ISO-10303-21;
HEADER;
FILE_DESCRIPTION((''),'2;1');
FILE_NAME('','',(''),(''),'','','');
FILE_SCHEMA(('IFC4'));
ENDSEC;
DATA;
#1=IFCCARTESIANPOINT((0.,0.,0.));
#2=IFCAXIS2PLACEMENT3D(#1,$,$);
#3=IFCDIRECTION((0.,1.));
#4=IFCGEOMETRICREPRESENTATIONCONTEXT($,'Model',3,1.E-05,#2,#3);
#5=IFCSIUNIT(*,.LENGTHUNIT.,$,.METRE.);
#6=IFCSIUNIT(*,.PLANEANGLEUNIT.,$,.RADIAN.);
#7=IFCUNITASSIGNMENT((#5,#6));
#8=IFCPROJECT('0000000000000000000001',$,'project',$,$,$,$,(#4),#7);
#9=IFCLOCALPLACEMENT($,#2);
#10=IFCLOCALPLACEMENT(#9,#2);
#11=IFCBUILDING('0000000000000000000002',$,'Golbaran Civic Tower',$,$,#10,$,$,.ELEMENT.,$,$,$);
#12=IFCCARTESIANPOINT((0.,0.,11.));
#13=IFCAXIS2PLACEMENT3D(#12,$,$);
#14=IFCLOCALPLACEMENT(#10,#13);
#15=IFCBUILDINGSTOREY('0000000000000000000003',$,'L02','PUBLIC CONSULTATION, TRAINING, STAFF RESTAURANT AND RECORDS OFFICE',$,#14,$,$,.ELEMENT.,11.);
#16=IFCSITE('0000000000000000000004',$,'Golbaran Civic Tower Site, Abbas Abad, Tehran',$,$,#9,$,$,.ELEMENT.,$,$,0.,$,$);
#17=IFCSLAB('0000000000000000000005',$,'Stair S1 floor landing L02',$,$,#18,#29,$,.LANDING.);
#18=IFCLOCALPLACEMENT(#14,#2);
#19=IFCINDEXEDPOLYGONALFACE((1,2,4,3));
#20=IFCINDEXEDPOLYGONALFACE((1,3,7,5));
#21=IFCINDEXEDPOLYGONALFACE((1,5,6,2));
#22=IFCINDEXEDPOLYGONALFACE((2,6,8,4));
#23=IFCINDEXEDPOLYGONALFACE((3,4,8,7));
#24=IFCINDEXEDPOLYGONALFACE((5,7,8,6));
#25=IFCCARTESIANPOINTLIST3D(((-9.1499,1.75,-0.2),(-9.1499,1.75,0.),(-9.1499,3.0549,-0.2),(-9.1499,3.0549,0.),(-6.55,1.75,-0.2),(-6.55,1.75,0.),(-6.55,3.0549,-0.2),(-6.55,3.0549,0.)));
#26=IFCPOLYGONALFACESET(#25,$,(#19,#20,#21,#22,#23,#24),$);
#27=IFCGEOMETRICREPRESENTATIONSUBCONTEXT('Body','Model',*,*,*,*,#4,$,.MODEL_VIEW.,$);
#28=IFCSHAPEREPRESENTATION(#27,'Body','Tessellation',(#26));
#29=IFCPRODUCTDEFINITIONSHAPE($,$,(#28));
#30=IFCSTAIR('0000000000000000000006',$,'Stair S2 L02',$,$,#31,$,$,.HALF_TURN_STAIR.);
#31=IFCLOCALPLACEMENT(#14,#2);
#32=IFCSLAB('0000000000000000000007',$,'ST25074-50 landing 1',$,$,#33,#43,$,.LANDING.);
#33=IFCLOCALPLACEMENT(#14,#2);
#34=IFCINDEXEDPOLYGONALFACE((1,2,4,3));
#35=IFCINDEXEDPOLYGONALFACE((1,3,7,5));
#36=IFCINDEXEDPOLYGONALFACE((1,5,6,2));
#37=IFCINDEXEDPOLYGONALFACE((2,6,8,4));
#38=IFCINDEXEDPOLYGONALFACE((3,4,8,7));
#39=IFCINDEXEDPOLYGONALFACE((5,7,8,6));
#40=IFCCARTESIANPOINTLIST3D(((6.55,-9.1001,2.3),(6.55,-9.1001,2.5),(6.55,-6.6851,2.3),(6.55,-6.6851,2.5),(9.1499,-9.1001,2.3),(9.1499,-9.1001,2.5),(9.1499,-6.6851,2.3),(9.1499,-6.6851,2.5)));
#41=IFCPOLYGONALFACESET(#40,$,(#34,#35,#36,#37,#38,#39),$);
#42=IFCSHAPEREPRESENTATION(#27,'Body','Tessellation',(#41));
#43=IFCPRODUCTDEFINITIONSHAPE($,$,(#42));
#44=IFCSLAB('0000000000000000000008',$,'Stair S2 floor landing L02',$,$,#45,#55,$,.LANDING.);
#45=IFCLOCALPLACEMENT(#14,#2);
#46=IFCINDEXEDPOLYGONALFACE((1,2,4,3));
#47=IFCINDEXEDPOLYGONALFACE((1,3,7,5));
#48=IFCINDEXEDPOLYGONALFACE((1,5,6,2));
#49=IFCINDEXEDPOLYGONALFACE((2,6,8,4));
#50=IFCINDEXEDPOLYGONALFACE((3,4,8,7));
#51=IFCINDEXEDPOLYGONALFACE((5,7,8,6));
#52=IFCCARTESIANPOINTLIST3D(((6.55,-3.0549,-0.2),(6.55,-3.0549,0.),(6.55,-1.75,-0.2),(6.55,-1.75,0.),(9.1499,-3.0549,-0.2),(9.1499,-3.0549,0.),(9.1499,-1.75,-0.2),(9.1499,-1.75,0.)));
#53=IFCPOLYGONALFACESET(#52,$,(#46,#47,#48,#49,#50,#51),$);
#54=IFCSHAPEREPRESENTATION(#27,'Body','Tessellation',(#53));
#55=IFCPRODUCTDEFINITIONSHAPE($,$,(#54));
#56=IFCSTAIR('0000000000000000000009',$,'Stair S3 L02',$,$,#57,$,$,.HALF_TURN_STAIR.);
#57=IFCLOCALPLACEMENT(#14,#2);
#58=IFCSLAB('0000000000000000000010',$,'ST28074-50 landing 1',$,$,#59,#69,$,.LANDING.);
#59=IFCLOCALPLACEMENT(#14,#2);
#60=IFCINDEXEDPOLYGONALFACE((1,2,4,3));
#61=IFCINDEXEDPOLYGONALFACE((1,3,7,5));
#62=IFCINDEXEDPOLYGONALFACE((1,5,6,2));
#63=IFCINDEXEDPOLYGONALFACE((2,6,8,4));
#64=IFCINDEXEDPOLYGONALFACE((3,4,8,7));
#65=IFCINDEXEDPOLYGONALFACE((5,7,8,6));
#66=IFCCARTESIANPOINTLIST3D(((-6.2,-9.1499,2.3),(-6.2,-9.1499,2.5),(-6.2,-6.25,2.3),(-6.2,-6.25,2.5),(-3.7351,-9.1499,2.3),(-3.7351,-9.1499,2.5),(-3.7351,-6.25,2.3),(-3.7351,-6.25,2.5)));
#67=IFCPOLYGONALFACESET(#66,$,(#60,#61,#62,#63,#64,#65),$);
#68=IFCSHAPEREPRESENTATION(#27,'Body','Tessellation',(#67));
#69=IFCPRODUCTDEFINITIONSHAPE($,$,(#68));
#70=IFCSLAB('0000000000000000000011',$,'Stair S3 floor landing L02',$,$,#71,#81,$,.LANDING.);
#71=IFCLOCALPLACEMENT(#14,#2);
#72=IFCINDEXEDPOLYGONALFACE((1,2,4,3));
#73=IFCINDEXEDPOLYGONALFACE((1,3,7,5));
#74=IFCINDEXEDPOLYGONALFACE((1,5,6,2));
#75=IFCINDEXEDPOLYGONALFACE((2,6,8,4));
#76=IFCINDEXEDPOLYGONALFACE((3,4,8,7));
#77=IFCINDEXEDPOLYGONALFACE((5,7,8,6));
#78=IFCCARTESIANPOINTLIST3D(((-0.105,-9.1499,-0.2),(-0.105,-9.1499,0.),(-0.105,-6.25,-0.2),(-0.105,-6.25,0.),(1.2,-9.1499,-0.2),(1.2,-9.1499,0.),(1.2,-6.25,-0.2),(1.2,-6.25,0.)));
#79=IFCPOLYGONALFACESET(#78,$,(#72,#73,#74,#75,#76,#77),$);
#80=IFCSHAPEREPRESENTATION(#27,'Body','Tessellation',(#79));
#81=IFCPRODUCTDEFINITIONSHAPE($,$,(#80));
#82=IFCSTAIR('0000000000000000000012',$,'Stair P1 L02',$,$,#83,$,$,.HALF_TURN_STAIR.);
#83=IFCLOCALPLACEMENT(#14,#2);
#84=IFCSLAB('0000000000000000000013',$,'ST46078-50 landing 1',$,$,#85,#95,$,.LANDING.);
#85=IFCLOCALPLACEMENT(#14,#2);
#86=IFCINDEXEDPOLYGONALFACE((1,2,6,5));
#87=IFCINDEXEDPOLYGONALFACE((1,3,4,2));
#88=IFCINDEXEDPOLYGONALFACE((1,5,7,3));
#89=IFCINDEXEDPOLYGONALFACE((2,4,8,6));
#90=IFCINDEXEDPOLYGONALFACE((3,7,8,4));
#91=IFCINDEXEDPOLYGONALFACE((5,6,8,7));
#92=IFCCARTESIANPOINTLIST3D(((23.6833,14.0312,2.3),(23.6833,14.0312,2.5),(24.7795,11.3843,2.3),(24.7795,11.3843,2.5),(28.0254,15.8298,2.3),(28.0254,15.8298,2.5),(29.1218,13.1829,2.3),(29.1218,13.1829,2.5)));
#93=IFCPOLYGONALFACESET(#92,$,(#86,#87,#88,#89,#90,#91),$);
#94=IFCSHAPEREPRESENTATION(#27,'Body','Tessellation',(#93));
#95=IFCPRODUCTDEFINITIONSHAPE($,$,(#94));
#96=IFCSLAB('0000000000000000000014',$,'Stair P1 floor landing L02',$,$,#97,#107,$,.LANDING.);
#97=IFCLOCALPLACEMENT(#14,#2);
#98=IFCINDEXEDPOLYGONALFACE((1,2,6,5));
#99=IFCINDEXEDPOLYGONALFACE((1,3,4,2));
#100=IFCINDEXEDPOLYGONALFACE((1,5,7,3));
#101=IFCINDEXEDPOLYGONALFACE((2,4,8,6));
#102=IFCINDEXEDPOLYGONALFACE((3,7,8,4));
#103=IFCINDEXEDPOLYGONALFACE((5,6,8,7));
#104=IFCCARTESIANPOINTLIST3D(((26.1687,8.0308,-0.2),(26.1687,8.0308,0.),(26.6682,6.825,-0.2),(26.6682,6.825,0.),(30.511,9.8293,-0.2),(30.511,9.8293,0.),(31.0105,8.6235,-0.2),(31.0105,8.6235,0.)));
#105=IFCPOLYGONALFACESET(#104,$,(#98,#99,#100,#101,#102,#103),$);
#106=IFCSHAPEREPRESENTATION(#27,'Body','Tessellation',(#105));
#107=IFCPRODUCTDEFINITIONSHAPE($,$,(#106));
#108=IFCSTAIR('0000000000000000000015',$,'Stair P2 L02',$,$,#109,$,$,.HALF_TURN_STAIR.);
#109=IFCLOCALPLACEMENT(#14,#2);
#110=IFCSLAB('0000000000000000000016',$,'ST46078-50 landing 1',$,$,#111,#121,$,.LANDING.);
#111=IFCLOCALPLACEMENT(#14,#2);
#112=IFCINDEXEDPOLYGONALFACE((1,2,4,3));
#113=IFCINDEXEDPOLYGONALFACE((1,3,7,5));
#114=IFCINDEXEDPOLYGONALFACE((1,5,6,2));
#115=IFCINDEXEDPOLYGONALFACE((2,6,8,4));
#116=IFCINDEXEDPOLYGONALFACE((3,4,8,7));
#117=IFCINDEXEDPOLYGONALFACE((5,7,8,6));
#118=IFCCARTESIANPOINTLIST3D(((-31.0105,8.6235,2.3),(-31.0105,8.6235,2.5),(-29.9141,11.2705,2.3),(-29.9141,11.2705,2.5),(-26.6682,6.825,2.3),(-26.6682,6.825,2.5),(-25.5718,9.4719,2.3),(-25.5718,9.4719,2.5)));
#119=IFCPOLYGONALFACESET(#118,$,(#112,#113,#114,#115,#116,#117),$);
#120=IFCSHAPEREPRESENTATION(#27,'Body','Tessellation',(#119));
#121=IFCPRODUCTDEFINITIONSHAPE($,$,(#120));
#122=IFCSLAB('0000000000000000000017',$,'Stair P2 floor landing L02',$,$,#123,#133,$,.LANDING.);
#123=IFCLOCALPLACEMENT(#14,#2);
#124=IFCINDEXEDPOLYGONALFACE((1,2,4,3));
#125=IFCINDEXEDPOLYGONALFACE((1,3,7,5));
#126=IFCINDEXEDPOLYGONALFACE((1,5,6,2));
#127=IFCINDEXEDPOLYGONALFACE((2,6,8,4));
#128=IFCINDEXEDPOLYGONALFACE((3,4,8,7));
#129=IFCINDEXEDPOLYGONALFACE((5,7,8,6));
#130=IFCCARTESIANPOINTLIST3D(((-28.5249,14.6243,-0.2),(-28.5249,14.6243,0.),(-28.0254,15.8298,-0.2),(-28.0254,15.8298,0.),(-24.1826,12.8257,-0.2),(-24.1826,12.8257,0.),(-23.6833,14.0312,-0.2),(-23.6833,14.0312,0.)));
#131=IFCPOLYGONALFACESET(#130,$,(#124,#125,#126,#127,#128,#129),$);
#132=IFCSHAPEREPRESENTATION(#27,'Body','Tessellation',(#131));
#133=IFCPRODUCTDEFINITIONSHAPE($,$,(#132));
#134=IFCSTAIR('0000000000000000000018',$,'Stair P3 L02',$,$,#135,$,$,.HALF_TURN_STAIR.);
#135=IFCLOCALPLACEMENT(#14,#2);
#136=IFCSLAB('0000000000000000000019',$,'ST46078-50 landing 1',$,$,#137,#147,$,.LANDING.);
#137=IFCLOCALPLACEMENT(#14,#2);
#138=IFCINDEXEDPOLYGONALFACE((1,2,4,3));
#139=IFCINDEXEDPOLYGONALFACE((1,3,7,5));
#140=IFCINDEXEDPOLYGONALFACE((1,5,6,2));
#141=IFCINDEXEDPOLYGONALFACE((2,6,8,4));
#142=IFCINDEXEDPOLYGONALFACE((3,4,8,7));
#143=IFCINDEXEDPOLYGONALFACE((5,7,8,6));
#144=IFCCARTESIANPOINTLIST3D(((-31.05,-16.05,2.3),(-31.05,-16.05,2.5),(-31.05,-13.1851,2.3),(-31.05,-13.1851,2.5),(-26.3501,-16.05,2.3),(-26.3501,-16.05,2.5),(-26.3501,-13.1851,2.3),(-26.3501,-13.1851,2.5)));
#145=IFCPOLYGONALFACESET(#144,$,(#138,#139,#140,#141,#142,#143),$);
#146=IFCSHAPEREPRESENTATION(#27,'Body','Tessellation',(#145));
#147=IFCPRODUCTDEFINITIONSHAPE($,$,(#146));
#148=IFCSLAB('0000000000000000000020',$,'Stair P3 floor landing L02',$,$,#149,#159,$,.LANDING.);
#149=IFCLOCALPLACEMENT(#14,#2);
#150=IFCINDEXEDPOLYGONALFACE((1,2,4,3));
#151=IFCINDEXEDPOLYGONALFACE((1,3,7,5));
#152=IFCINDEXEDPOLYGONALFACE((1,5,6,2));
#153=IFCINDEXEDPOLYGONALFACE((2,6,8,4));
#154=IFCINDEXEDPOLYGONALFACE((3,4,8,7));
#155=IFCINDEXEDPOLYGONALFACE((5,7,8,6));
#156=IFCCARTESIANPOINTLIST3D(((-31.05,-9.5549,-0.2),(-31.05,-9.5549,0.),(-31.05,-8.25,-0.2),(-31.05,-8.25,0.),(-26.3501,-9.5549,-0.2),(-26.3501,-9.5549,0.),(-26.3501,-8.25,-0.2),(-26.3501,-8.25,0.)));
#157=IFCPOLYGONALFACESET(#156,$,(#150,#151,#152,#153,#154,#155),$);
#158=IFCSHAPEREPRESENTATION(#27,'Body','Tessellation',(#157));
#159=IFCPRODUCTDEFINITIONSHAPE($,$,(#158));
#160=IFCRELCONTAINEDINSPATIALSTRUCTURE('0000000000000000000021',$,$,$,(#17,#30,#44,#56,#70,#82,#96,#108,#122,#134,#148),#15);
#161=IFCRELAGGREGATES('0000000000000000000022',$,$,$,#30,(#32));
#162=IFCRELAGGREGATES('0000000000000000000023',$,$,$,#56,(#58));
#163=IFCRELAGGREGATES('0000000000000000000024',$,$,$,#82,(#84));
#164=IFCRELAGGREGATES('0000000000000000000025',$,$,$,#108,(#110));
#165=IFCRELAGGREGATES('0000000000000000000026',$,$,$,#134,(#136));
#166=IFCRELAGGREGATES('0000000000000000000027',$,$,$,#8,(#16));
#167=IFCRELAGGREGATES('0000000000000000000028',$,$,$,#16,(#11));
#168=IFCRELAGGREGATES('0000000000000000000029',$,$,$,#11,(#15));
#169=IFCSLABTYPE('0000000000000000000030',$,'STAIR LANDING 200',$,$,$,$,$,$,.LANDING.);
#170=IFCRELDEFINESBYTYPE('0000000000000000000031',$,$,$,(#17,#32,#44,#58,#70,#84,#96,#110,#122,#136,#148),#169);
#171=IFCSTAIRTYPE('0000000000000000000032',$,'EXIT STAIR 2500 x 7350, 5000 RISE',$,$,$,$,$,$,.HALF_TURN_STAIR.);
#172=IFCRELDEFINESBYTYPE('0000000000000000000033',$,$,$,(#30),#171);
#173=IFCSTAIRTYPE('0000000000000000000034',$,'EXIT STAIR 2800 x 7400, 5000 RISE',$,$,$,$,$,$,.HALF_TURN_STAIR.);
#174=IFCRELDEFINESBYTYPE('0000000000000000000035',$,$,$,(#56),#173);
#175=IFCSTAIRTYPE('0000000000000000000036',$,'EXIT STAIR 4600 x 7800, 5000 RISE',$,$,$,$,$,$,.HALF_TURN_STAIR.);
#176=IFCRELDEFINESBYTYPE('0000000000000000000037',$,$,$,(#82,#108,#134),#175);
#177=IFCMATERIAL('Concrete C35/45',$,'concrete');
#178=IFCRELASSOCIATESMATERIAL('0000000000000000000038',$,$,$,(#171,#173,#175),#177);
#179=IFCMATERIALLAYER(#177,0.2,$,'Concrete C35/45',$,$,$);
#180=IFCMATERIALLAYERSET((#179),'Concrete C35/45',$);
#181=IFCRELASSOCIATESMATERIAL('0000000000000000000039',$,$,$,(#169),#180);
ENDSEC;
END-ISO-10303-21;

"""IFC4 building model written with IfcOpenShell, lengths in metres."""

from ifc_helpers import new_model, si_unit, direction, frame, origin, place, context, subcontext, project, spatial, polyline, outline, extrude, material, layer, layer_set, type_object, element, aggregate, save


model = new_model("IFC4")

# Units and contexts
model_context = context("Model", 3, precision=1e-05, world=origin(), true_north=direction((0.0, 1.0)))
body_context = subcontext(model_context, "Body", "Model", "MODEL_VIEW")
ifc_project = project(units=[si_unit("LENGTHUNIT", "METRE"), si_unit("PLANEANGLEUNIT", "RADIAN")], contexts=[model_context])

# Site, building, storey
site_placement = place(None, origin())
site = spatial("IfcSite", under=ifc_project, at=site_placement, Name="Golbaran Civic Tower Site, Abbas Abad, Tehran", CompositionType="ELEMENT", RefElevation=0.0)
building_placement = place(site_placement, origin())
building = spatial("IfcBuilding", under=site, at=building_placement, Name="Golbaran Civic Tower", CompositionType="ELEMENT")
storey_placement = place(building_placement, frame((0.0, 0.0, 11.0)))
storey = spatial("IfcBuildingStorey", under=building, at=storey_placement, Name="L02", Description="PUBLIC CONSULTATION, TRAINING, STAFF RESTAURANT AND RECORDS OFFICE", CompositionType="ELEMENT", Elevation=11.0)

# Shared definitions
ifc_material_1 = material(Name="Concrete C35/45", Category="concrete")

# Shared definitions
stair_type_1 = type_object("IfcStairType", Name="EXIT STAIR 2500 x 7350, 5000 RISE", PredefinedType="HALF_TURN_STAIR", material=ifc_material_1)
ifc_layer_1 = layer(ifc_material_1, 0.2, Name="Concrete C35/45")
ifc_layer_set_1 = layer_set([ifc_layer_1], Name="Concrete C35/45")
slab_type_1 = type_object("IfcSlabType", Name="STAIR LANDING 200", PredefinedType="LANDING", material=ifc_layer_set_1)

# Slab
slab_1_placement = place(storey_placement, frame((0.0, 0.0, -0.2)))
element("IfcSlab", 1, at=slab_1_placement, inside=storey, type_object=slab_type_1, Name="Stair S1 floor landing L02", PredefinedType="LANDING", context=body_context, shape_type="SweptSolid", body=[
    extrude(outline(polyline([(-9.1499, 1.75), (-9.1499, 3.0549), (-6.55, 3.0549), (-6.55, 1.75), (-9.1499, 1.75)])), origin(), (0.0, 0.0, 1.0), 0.2),
])

# Stair, slab
stair_1_placement = place(storey_placement, origin())
stair_1 = element("IfcStair", 2, at=stair_1_placement, inside=storey, type_object=stair_type_1, Name="Stair S2 L02", PredefinedType="HALF_TURN_STAIR")
slab_2_placement = place(storey_placement, frame((0.0, 0.0, 2.3)))
slab_2 = element("IfcSlab", 3, at=slab_2_placement, type_object=slab_type_1, Name="ST25074-50 landing 1", PredefinedType="LANDING", context=body_context, shape_type="SweptSolid", body=[
    extrude(outline(polyline([(9.1499, -6.6851), (9.1499, -9.1001), (6.55, -9.1001), (6.55, -6.6851), (9.1499, -6.6851)])), origin(), (0.0, 0.0, 1.0), 0.2),
])
aggregate(stair_1, [slab_2])

# Slab
slab_3_placement = place(storey_placement, frame((0.0, 0.0, -0.2)))
element("IfcSlab", 4, at=slab_3_placement, inside=storey, type_object=slab_type_1, Name="Stair S2 floor landing L02", PredefinedType="LANDING", context=body_context, shape_type="SweptSolid", body=[
    extrude(outline(polyline([(9.1499, -1.75), (9.1499, -3.0549), (6.55, -3.0549), (6.55, -1.75), (9.1499, -1.75)])), origin(), (0.0, 0.0, 1.0), 0.2),
])

# Stair, slab
stair_type_2 = type_object("IfcStairType", Name="EXIT STAIR 2800 x 7400, 5000 RISE", PredefinedType="HALF_TURN_STAIR", material=ifc_material_1)
stair_2_placement = place(storey_placement, origin())
stair_2 = element("IfcStair", 5, at=stair_2_placement, inside=storey, type_object=stair_type_2, Name="Stair S3 L02", PredefinedType="HALF_TURN_STAIR")
slab_4_placement = place(storey_placement, frame((0.0, 0.0, 2.3)))
slab_4 = element("IfcSlab", 6, at=slab_4_placement, type_object=slab_type_1, Name="ST28074-50 landing 1", PredefinedType="LANDING", context=body_context, shape_type="SweptSolid", body=[
    extrude(outline(polyline([(-3.7351, -9.1499), (-6.2, -9.1499), (-6.2, -6.25), (-3.7351, -6.25), (-3.7351, -9.1499)])), origin(), (0.0, 0.0, 1.0), 0.2),
])
aggregate(stair_2, [slab_4])

# Slab
slab_5_placement = place(storey_placement, frame((0.0, 0.0, -0.2)))
element("IfcSlab", 7, at=slab_5_placement, inside=storey, type_object=slab_type_1, Name="Stair S3 floor landing L02", PredefinedType="LANDING", context=body_context, shape_type="SweptSolid", body=[
    extrude(outline(polyline([(1.2, -9.1499), (-0.105, -9.1499), (-0.105, -6.25), (1.2, -6.25), (1.2, -9.1499)])), origin(), (0.0, 0.0, 1.0), 0.2),
])

# Stair, slab
stair_type_3 = type_object("IfcStairType", Name="EXIT STAIR 4600 x 7800, 5000 RISE", PredefinedType="HALF_TURN_STAIR", material=ifc_material_1)
stair_3_placement = place(storey_placement, origin())
stair_3 = element("IfcStair", 8, at=stair_3_placement, inside=storey, type_object=stair_type_3, Name="Stair P1 L02", PredefinedType="HALF_TURN_STAIR")
slab_6_placement = place(storey_placement, frame((0.0, 0.0, 2.3)))
slab_6 = element("IfcSlab", 9, at=slab_6_placement, type_object=slab_type_1, Name="ST46078-50 landing 1", PredefinedType="LANDING", context=body_context, shape_type="SweptSolid", body=[
    extrude(outline(polyline([(24.7795, 11.3843), (23.6833, 14.0312), (28.0254, 15.8298), (29.1218, 13.1829), (24.7795, 11.3843)])), origin(), (0.0, 0.0, 1.0), 0.2),
])
aggregate(stair_3, [slab_6])

# Slab
slab_7_placement = place(storey_placement, frame((0.0, 0.0, -0.2)))
element("IfcSlab", 10, at=slab_7_placement, inside=storey, type_object=slab_type_1, Name="Stair P1 floor landing L02", PredefinedType="LANDING", context=body_context, shape_type="SweptSolid", body=[
    extrude(outline(polyline([(26.6682, 6.825), (26.1687, 8.0308), (30.511, 9.8293), (31.0105, 8.6235), (26.6682, 6.825)])), origin(), (0.0, 0.0, 1.0), 0.2),
])

# Stair, slab
stair_4_placement = place(storey_placement, origin())
stair_4 = element("IfcStair", 11, at=stair_4_placement, inside=storey, type_object=stair_type_3, Name="Stair P2 L02", PredefinedType="HALF_TURN_STAIR")
slab_8_placement = place(storey_placement, frame((0.0, 0.0, 2.3)))
slab_8 = element("IfcSlab", 12, at=slab_8_placement, type_object=slab_type_1, Name="ST46078-50 landing 1", PredefinedType="LANDING", context=body_context, shape_type="SweptSolid", body=[
    extrude(outline(polyline([(-25.5718, 9.4719), (-26.6682, 6.825), (-31.0105, 8.6235), (-29.9141, 11.2705), (-25.5718, 9.4719)])), origin(), (0.0, 0.0, 1.0), 0.2),
])
aggregate(stair_4, [slab_8])

# Slab
slab_9_placement = place(storey_placement, frame((0.0, 0.0, -0.2)))
element("IfcSlab", 13, at=slab_9_placement, inside=storey, type_object=slab_type_1, Name="Stair P2 floor landing L02", PredefinedType="LANDING", context=body_context, shape_type="SweptSolid", body=[
    extrude(outline(polyline([(-23.6833, 14.0312), (-24.1826, 12.8257), (-28.5249, 14.6243), (-28.0254, 15.8298), (-23.6833, 14.0312)])), origin(), (0.0, 0.0, 1.0), 0.2),
])

# Stair, slab
stair_5_placement = place(storey_placement, origin())
stair_5 = element("IfcStair", 14, at=stair_5_placement, inside=storey, type_object=stair_type_3, Name="Stair P3 L02", PredefinedType="HALF_TURN_STAIR")
slab_10_placement = place(storey_placement, frame((0.0, 0.0, 2.3)))
slab_10 = element("IfcSlab", 15, at=slab_10_placement, type_object=slab_type_1, Name="ST46078-50 landing 1", PredefinedType="LANDING", context=body_context, shape_type="SweptSolid", body=[
    extrude(outline(polyline([(-26.3501, -13.1851), (-26.3501, -16.05), (-31.05, -16.05), (-31.05, -13.1851), (-26.3501, -13.1851)])), origin(), (0.0, 0.0, 1.0), 0.2),
])
aggregate(stair_5, [slab_10])

# Slab
slab_11_placement = place(storey_placement, frame((0.0, 0.0, -0.2)))
element("IfcSlab", 16, at=slab_11_placement, inside=storey, type_object=slab_type_1, Name="Stair P3 floor landing L02", PredefinedType="LANDING", context=body_context, shape_type="SweptSolid", body=[
    extrude(outline(polyline([(-26.3501, -8.25), (-26.3501, -9.5549), (-31.05, -9.5549), (-31.05, -8.25), (-26.3501, -8.25)])), origin(), (0.0, 0.0, 1.0), 0.2),
])

save(model, "model.ifc")
